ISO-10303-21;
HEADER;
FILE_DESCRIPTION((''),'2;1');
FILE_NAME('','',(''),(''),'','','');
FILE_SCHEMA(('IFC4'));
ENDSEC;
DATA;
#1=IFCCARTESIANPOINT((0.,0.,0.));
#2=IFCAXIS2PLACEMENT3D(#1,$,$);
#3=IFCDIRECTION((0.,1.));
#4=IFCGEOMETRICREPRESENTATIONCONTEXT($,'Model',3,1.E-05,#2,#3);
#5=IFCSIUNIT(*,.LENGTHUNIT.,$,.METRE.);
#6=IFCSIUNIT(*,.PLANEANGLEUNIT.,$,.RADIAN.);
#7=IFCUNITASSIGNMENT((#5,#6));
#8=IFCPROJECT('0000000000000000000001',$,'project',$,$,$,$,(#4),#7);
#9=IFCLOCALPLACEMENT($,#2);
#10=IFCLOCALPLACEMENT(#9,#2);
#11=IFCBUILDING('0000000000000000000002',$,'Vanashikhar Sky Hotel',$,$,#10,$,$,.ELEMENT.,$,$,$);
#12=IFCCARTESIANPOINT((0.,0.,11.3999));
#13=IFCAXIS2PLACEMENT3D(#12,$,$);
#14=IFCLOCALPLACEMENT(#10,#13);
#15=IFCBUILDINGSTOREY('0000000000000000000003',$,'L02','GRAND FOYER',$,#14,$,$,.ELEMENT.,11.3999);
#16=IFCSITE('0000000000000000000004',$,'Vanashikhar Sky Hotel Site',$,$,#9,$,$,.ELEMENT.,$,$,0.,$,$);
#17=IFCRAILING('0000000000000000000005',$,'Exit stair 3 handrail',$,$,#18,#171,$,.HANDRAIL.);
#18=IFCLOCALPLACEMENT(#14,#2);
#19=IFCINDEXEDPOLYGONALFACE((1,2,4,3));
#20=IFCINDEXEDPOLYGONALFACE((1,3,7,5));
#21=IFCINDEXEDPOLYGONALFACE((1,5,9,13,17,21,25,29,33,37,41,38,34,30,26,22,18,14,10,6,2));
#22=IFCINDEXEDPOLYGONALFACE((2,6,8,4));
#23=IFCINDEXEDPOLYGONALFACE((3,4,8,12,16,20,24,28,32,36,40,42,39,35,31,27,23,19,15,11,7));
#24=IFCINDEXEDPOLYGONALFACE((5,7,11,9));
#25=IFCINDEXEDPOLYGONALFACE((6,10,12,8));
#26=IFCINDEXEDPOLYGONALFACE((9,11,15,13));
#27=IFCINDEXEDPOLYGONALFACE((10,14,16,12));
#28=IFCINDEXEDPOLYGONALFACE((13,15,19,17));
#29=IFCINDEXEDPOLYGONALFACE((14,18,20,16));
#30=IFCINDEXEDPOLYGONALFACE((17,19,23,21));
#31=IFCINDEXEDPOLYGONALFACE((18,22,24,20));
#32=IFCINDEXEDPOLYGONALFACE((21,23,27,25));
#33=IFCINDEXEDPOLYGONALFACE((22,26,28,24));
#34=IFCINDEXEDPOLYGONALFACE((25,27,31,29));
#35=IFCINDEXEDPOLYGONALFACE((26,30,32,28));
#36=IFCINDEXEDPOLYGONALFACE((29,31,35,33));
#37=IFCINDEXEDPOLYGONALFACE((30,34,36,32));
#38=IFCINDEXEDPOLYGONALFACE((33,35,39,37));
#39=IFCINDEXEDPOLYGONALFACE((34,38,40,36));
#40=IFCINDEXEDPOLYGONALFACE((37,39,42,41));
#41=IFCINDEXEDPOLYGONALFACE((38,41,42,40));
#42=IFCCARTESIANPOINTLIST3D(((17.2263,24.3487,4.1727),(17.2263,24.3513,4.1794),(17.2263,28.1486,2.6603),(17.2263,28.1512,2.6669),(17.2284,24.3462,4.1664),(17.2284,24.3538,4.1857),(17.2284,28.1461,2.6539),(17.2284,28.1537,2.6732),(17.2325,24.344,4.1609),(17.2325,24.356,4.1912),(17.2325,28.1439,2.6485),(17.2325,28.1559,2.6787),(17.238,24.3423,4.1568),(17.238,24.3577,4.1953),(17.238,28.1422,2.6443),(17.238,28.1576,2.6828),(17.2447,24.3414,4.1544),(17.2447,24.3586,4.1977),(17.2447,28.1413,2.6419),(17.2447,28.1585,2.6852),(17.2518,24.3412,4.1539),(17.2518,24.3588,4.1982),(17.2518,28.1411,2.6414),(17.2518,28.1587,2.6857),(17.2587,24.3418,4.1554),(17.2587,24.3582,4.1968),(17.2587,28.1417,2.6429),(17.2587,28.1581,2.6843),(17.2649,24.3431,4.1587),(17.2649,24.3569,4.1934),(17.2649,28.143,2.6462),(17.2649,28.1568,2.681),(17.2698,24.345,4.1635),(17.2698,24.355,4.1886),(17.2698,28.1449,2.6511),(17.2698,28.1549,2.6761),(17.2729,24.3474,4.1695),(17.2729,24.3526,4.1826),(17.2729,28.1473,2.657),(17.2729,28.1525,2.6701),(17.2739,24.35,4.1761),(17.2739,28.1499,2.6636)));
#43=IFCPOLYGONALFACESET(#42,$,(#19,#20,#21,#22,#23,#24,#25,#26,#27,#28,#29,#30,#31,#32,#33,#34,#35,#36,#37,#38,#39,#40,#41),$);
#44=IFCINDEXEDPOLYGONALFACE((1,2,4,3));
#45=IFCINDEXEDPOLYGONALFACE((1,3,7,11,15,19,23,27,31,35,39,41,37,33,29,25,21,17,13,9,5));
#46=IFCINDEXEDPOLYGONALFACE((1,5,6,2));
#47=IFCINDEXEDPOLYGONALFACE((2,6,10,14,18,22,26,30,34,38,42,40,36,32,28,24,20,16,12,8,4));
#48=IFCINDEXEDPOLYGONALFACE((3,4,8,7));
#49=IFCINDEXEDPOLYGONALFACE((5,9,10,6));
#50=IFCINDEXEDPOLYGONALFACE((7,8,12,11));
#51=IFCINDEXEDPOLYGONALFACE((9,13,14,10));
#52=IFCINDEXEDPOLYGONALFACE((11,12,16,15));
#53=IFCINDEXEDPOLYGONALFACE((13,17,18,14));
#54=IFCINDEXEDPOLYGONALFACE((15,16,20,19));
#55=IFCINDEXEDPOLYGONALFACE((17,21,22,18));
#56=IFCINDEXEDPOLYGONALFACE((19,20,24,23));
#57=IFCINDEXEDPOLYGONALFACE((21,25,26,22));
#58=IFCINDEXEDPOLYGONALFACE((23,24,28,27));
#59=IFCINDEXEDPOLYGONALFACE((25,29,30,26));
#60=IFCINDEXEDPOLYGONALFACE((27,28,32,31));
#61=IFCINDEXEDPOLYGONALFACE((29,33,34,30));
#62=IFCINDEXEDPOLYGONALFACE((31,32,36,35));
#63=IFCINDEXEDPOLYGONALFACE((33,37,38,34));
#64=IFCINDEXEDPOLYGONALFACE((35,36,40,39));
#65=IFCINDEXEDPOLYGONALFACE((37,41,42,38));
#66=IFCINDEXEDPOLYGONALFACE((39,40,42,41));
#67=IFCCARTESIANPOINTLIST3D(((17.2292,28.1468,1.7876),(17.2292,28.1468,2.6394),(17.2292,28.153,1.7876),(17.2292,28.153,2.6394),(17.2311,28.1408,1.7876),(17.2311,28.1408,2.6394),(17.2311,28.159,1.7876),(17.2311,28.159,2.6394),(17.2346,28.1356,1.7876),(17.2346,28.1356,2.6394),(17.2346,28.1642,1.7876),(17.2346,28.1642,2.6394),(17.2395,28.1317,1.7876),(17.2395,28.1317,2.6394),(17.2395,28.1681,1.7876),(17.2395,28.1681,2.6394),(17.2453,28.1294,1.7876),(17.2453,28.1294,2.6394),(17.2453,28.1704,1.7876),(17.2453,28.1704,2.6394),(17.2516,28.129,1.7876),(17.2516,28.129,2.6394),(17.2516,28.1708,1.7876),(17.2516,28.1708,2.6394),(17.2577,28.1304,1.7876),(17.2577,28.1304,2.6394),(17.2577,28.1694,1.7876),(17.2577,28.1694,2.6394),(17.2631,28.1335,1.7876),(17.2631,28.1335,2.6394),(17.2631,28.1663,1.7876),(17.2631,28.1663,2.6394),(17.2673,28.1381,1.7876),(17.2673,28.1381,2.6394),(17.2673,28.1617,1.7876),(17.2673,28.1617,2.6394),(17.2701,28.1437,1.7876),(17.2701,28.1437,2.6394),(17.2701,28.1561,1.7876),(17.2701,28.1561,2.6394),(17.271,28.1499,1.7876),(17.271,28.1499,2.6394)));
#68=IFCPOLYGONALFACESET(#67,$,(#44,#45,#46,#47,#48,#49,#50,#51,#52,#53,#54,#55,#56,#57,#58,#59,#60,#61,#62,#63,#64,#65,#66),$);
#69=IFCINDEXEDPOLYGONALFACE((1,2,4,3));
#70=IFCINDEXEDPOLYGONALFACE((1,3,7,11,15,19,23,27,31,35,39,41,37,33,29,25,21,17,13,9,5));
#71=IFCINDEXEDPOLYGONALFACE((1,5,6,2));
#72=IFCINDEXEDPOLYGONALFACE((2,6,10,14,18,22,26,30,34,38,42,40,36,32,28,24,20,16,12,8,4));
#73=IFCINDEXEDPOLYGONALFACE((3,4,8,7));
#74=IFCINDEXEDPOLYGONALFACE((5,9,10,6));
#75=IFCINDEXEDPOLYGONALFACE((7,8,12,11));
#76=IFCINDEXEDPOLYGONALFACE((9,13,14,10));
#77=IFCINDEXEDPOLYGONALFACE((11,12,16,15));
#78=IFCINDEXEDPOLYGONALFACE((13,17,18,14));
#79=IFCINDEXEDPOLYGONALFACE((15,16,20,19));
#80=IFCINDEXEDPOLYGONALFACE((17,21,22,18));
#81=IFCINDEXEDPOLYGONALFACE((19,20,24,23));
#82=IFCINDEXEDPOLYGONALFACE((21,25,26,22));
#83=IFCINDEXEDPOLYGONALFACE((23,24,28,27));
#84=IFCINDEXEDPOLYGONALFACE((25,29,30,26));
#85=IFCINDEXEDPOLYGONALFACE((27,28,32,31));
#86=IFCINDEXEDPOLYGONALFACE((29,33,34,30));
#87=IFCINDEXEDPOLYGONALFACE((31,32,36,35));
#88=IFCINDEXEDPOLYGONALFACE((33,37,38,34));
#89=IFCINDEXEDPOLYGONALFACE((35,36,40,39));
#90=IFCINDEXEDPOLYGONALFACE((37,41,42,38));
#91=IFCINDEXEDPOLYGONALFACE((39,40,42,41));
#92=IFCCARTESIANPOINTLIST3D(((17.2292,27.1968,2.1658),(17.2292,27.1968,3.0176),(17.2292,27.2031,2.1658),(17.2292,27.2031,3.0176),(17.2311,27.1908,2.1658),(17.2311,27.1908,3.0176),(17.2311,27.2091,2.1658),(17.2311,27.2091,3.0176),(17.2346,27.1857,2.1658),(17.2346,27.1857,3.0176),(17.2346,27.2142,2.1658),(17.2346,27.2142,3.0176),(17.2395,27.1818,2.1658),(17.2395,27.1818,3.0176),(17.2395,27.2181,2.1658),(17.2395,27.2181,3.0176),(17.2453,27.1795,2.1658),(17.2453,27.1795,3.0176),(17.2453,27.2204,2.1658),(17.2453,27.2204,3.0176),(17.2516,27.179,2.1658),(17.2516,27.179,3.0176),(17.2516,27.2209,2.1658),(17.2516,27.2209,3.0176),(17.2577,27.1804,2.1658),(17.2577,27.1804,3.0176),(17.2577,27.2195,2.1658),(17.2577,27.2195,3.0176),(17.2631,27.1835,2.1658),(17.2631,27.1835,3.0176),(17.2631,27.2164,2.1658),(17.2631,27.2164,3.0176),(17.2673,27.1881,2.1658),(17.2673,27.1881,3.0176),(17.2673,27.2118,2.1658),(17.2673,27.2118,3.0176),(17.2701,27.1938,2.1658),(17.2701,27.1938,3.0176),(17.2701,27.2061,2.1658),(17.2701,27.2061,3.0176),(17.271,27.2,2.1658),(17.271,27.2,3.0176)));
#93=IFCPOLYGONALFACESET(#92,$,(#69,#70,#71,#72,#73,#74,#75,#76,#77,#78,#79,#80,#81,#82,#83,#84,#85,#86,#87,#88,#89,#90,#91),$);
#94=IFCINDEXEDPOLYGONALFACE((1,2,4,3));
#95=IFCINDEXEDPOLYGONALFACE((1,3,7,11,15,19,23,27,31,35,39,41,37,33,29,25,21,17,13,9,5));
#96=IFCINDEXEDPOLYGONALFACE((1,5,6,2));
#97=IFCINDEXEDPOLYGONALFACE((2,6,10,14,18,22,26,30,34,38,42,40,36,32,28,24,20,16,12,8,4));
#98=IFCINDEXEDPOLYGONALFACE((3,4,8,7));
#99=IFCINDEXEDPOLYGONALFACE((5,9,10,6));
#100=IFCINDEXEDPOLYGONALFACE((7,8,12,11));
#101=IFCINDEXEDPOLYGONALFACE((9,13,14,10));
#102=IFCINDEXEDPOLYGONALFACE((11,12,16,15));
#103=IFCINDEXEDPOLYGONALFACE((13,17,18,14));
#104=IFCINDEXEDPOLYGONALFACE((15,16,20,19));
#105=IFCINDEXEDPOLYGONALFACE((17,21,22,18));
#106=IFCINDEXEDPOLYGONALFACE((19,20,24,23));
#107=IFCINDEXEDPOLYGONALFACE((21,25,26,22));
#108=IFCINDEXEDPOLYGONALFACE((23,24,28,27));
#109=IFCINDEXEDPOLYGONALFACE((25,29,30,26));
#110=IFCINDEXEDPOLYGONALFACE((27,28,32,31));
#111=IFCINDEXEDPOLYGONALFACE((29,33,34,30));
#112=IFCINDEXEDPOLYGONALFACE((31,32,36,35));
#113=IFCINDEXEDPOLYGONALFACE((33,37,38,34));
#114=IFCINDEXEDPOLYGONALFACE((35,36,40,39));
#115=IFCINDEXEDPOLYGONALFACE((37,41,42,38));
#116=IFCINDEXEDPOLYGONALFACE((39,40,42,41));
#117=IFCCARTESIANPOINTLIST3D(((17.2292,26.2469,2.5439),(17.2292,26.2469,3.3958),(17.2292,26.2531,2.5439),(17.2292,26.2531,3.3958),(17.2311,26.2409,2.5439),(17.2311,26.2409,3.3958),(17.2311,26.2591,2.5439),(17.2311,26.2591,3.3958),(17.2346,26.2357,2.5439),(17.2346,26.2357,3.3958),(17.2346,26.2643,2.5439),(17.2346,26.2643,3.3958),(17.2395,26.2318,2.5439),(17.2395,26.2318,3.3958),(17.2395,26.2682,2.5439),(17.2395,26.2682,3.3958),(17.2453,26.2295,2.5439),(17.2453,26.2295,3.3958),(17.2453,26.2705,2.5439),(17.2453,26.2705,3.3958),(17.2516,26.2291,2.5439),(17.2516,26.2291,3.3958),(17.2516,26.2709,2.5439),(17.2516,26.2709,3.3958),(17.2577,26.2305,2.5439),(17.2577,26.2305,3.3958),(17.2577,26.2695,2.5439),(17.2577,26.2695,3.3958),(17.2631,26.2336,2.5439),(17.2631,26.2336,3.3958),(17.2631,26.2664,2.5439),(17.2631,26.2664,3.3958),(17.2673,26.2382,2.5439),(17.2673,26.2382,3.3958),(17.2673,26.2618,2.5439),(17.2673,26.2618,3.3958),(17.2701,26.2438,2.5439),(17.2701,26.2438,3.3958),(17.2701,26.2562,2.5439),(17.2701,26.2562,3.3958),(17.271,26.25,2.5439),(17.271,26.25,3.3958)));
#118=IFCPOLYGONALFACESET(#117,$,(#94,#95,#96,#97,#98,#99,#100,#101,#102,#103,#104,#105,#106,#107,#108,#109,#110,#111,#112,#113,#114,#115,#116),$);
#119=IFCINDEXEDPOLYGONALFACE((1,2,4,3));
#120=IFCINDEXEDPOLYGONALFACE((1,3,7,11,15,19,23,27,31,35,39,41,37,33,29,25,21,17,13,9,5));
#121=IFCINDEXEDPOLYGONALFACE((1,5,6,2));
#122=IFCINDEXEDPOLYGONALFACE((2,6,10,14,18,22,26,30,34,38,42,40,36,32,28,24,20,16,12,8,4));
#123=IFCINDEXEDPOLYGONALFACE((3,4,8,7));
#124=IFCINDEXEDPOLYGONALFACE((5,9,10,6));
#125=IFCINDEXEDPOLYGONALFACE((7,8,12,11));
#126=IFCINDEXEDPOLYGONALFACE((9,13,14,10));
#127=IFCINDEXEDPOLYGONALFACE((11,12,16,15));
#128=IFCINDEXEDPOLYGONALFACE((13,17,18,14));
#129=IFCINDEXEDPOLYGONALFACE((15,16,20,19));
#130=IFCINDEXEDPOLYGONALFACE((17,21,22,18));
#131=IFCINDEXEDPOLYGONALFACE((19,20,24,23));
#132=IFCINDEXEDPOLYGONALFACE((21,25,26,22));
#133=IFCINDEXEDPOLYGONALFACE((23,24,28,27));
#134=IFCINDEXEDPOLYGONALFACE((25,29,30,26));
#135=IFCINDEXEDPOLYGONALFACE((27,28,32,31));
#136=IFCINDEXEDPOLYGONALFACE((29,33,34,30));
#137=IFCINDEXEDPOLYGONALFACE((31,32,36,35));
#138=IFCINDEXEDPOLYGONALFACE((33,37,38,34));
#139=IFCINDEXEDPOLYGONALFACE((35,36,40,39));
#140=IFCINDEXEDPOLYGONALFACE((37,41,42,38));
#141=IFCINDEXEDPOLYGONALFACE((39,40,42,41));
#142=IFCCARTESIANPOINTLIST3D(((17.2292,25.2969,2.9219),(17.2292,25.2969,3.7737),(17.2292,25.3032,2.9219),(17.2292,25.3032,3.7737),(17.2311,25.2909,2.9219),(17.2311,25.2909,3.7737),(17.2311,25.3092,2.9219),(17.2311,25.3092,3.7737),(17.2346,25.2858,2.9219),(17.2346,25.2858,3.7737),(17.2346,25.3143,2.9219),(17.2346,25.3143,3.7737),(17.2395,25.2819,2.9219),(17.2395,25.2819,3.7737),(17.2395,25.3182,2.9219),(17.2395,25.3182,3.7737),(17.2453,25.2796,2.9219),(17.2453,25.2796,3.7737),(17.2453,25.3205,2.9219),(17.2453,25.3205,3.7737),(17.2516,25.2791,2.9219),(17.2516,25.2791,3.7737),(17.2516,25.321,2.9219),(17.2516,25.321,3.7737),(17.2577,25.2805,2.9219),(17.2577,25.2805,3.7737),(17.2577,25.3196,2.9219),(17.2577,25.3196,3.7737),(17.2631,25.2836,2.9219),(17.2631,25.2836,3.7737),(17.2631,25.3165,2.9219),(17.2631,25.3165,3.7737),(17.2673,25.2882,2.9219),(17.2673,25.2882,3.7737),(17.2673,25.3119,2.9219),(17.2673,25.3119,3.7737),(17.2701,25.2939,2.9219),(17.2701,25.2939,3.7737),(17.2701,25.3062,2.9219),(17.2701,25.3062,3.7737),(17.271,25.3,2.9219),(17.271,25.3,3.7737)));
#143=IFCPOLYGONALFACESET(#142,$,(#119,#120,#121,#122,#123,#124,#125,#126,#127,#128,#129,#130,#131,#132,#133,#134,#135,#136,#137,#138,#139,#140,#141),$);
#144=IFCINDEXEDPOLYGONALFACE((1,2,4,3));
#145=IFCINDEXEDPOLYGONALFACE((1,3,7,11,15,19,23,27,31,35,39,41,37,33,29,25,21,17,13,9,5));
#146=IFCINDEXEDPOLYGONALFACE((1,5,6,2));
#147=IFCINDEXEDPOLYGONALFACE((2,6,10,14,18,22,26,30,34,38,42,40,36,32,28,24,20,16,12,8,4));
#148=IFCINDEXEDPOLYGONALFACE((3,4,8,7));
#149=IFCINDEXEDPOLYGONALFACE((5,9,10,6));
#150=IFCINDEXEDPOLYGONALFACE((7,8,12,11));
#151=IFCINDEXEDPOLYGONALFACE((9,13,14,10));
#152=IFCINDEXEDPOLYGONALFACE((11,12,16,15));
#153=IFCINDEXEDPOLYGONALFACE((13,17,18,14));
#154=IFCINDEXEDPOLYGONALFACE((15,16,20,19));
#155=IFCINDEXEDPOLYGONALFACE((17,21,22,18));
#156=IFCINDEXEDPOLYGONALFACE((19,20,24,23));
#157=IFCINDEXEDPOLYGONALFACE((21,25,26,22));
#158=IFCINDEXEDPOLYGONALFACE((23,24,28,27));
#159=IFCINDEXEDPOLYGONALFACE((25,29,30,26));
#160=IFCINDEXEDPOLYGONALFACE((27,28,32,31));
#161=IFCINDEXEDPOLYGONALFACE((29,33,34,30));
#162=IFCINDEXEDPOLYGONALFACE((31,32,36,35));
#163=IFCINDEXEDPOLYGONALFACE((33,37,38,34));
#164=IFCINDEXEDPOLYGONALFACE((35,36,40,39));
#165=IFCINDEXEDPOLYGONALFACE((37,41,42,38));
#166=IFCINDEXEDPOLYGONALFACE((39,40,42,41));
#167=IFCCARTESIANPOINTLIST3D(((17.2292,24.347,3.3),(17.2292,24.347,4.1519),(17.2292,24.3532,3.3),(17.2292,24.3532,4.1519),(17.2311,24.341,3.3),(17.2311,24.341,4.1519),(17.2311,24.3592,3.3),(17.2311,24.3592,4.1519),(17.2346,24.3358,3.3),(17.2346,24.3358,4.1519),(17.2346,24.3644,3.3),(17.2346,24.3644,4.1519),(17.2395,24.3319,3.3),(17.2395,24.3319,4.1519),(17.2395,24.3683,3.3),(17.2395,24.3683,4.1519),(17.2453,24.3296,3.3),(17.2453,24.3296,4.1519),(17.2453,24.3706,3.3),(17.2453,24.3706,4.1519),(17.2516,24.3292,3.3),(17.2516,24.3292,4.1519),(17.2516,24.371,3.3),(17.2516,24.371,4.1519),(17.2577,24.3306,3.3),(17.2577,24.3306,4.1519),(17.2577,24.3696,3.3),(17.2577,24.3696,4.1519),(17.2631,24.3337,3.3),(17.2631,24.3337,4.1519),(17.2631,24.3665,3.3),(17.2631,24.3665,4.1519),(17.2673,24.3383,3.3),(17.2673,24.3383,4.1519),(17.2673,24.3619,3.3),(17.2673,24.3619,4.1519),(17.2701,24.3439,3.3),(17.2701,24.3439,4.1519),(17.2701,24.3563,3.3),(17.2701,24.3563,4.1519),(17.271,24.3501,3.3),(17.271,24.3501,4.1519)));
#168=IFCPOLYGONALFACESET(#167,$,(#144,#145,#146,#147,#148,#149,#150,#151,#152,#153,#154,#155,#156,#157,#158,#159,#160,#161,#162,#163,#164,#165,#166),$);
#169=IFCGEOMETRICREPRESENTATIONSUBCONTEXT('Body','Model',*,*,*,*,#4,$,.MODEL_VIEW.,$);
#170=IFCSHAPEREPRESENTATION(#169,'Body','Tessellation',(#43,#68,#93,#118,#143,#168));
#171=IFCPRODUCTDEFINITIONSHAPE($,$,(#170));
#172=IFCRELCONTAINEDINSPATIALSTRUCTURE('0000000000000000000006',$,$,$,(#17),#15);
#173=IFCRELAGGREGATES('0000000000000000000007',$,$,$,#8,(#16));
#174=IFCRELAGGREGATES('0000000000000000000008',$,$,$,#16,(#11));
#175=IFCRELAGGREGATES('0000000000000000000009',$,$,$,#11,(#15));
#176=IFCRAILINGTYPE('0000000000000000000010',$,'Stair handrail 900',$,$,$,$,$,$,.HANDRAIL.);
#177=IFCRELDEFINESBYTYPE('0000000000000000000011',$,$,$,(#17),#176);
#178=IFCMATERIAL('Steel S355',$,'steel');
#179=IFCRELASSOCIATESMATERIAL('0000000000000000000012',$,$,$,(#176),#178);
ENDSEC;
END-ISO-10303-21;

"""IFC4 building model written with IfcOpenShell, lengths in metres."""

from ifc_helpers import new_model, si_unit, direction, frame, origin, origin_2d, place, context, subcontext, project, spatial, circle, extrude, source, transform, mapped, material, type_object, element, save


model = new_model("IFC4")

# Units and contexts
model_context = context("Model", 3, precision=1e-05, world=origin(), true_north=direction((0.0, 1.0)))
body_context = subcontext(model_context, "Body", "Model", "MODEL_VIEW")
ifc_project = project(units=[si_unit("LENGTHUNIT", "METRE"), si_unit("PLANEANGLEUNIT", "RADIAN")], contexts=[model_context])

# Site, building, storey
site_placement = place(None, origin())
site = spatial("IfcSite", under=ifc_project, at=site_placement, Name="Vanashikhar Sky Hotel Site", CompositionType="ELEMENT", RefElevation=0.0)
building_placement = place(site_placement, origin())
building = spatial("IfcBuilding", under=site, at=building_placement, Name="Vanashikhar Sky Hotel", CompositionType="ELEMENT")
storey_placement = place(building_placement, frame((0.0, 0.0, 11.3999)))
storey = spatial("IfcBuildingStorey", under=building, at=storey_placement, Name="L02", Description="GRAND FOYER", CompositionType="ELEMENT", Elevation=11.3999)

# Railing
ifc_material_1 = material(Name="Steel S355", Category="steel")
railing_type = type_object("IfcRailingType", Name="Stair handrail 900", PredefinedType="HANDRAIL", material=ifc_material_1)
shared_shape_1 = source(origin(), body_context, "Body", "SweptSolid", [
    extrude(circle(Radius=0.0239, at=origin_2d()), frame((0.0, 0.0, 0.876), z_axis=(0.0, -0.929105, 0.369815), x_axis=(1.0, 0.0, 0.0)), (0.0, 0.0, 1.0), 4.0898),
    extrude(circle(Radius=0.021, at=origin_2d()), origin(), (0.0, 0.0, 1.0), 0.8518),
    extrude(circle(Radius=0.021, at=origin_2d()), frame((0.0, -0.95, 0.3782)), (0.0, 0.0, 1.0), 0.8518),
    extrude(circle(Radius=0.021, at=origin_2d()), frame((0.0, -1.8999, 0.7563)), (0.0, 0.0, 1.0), 0.8518),
    extrude(circle(Radius=0.021, at=origin_2d()), frame((0.0, -2.8499, 1.1343)), (0.0, 0.0, 1.0), 0.8518),
    extrude(circle(Radius=0.021, at=origin_2d()), frame((0.0, -3.7998, 1.5125)), (0.0, 0.0, 1.0), 0.8518),
])
for number, where, name in (
    (1, (17.25, 28.1499, 1.7876), "Exit stair 3 handrail"),
):
    element("IfcRailing", number, at=place(storey_placement, frame(where)), inside=storey, type_object=railing_type, Name=name, PredefinedType="HANDRAIL", context=body_context, shape_type="MappedRepresentation", body=[
        mapped(shared_shape_1, transform((0.0, 0.0, 0.0), scale=1.0)),
    ])

save(model, "model.ifc")
